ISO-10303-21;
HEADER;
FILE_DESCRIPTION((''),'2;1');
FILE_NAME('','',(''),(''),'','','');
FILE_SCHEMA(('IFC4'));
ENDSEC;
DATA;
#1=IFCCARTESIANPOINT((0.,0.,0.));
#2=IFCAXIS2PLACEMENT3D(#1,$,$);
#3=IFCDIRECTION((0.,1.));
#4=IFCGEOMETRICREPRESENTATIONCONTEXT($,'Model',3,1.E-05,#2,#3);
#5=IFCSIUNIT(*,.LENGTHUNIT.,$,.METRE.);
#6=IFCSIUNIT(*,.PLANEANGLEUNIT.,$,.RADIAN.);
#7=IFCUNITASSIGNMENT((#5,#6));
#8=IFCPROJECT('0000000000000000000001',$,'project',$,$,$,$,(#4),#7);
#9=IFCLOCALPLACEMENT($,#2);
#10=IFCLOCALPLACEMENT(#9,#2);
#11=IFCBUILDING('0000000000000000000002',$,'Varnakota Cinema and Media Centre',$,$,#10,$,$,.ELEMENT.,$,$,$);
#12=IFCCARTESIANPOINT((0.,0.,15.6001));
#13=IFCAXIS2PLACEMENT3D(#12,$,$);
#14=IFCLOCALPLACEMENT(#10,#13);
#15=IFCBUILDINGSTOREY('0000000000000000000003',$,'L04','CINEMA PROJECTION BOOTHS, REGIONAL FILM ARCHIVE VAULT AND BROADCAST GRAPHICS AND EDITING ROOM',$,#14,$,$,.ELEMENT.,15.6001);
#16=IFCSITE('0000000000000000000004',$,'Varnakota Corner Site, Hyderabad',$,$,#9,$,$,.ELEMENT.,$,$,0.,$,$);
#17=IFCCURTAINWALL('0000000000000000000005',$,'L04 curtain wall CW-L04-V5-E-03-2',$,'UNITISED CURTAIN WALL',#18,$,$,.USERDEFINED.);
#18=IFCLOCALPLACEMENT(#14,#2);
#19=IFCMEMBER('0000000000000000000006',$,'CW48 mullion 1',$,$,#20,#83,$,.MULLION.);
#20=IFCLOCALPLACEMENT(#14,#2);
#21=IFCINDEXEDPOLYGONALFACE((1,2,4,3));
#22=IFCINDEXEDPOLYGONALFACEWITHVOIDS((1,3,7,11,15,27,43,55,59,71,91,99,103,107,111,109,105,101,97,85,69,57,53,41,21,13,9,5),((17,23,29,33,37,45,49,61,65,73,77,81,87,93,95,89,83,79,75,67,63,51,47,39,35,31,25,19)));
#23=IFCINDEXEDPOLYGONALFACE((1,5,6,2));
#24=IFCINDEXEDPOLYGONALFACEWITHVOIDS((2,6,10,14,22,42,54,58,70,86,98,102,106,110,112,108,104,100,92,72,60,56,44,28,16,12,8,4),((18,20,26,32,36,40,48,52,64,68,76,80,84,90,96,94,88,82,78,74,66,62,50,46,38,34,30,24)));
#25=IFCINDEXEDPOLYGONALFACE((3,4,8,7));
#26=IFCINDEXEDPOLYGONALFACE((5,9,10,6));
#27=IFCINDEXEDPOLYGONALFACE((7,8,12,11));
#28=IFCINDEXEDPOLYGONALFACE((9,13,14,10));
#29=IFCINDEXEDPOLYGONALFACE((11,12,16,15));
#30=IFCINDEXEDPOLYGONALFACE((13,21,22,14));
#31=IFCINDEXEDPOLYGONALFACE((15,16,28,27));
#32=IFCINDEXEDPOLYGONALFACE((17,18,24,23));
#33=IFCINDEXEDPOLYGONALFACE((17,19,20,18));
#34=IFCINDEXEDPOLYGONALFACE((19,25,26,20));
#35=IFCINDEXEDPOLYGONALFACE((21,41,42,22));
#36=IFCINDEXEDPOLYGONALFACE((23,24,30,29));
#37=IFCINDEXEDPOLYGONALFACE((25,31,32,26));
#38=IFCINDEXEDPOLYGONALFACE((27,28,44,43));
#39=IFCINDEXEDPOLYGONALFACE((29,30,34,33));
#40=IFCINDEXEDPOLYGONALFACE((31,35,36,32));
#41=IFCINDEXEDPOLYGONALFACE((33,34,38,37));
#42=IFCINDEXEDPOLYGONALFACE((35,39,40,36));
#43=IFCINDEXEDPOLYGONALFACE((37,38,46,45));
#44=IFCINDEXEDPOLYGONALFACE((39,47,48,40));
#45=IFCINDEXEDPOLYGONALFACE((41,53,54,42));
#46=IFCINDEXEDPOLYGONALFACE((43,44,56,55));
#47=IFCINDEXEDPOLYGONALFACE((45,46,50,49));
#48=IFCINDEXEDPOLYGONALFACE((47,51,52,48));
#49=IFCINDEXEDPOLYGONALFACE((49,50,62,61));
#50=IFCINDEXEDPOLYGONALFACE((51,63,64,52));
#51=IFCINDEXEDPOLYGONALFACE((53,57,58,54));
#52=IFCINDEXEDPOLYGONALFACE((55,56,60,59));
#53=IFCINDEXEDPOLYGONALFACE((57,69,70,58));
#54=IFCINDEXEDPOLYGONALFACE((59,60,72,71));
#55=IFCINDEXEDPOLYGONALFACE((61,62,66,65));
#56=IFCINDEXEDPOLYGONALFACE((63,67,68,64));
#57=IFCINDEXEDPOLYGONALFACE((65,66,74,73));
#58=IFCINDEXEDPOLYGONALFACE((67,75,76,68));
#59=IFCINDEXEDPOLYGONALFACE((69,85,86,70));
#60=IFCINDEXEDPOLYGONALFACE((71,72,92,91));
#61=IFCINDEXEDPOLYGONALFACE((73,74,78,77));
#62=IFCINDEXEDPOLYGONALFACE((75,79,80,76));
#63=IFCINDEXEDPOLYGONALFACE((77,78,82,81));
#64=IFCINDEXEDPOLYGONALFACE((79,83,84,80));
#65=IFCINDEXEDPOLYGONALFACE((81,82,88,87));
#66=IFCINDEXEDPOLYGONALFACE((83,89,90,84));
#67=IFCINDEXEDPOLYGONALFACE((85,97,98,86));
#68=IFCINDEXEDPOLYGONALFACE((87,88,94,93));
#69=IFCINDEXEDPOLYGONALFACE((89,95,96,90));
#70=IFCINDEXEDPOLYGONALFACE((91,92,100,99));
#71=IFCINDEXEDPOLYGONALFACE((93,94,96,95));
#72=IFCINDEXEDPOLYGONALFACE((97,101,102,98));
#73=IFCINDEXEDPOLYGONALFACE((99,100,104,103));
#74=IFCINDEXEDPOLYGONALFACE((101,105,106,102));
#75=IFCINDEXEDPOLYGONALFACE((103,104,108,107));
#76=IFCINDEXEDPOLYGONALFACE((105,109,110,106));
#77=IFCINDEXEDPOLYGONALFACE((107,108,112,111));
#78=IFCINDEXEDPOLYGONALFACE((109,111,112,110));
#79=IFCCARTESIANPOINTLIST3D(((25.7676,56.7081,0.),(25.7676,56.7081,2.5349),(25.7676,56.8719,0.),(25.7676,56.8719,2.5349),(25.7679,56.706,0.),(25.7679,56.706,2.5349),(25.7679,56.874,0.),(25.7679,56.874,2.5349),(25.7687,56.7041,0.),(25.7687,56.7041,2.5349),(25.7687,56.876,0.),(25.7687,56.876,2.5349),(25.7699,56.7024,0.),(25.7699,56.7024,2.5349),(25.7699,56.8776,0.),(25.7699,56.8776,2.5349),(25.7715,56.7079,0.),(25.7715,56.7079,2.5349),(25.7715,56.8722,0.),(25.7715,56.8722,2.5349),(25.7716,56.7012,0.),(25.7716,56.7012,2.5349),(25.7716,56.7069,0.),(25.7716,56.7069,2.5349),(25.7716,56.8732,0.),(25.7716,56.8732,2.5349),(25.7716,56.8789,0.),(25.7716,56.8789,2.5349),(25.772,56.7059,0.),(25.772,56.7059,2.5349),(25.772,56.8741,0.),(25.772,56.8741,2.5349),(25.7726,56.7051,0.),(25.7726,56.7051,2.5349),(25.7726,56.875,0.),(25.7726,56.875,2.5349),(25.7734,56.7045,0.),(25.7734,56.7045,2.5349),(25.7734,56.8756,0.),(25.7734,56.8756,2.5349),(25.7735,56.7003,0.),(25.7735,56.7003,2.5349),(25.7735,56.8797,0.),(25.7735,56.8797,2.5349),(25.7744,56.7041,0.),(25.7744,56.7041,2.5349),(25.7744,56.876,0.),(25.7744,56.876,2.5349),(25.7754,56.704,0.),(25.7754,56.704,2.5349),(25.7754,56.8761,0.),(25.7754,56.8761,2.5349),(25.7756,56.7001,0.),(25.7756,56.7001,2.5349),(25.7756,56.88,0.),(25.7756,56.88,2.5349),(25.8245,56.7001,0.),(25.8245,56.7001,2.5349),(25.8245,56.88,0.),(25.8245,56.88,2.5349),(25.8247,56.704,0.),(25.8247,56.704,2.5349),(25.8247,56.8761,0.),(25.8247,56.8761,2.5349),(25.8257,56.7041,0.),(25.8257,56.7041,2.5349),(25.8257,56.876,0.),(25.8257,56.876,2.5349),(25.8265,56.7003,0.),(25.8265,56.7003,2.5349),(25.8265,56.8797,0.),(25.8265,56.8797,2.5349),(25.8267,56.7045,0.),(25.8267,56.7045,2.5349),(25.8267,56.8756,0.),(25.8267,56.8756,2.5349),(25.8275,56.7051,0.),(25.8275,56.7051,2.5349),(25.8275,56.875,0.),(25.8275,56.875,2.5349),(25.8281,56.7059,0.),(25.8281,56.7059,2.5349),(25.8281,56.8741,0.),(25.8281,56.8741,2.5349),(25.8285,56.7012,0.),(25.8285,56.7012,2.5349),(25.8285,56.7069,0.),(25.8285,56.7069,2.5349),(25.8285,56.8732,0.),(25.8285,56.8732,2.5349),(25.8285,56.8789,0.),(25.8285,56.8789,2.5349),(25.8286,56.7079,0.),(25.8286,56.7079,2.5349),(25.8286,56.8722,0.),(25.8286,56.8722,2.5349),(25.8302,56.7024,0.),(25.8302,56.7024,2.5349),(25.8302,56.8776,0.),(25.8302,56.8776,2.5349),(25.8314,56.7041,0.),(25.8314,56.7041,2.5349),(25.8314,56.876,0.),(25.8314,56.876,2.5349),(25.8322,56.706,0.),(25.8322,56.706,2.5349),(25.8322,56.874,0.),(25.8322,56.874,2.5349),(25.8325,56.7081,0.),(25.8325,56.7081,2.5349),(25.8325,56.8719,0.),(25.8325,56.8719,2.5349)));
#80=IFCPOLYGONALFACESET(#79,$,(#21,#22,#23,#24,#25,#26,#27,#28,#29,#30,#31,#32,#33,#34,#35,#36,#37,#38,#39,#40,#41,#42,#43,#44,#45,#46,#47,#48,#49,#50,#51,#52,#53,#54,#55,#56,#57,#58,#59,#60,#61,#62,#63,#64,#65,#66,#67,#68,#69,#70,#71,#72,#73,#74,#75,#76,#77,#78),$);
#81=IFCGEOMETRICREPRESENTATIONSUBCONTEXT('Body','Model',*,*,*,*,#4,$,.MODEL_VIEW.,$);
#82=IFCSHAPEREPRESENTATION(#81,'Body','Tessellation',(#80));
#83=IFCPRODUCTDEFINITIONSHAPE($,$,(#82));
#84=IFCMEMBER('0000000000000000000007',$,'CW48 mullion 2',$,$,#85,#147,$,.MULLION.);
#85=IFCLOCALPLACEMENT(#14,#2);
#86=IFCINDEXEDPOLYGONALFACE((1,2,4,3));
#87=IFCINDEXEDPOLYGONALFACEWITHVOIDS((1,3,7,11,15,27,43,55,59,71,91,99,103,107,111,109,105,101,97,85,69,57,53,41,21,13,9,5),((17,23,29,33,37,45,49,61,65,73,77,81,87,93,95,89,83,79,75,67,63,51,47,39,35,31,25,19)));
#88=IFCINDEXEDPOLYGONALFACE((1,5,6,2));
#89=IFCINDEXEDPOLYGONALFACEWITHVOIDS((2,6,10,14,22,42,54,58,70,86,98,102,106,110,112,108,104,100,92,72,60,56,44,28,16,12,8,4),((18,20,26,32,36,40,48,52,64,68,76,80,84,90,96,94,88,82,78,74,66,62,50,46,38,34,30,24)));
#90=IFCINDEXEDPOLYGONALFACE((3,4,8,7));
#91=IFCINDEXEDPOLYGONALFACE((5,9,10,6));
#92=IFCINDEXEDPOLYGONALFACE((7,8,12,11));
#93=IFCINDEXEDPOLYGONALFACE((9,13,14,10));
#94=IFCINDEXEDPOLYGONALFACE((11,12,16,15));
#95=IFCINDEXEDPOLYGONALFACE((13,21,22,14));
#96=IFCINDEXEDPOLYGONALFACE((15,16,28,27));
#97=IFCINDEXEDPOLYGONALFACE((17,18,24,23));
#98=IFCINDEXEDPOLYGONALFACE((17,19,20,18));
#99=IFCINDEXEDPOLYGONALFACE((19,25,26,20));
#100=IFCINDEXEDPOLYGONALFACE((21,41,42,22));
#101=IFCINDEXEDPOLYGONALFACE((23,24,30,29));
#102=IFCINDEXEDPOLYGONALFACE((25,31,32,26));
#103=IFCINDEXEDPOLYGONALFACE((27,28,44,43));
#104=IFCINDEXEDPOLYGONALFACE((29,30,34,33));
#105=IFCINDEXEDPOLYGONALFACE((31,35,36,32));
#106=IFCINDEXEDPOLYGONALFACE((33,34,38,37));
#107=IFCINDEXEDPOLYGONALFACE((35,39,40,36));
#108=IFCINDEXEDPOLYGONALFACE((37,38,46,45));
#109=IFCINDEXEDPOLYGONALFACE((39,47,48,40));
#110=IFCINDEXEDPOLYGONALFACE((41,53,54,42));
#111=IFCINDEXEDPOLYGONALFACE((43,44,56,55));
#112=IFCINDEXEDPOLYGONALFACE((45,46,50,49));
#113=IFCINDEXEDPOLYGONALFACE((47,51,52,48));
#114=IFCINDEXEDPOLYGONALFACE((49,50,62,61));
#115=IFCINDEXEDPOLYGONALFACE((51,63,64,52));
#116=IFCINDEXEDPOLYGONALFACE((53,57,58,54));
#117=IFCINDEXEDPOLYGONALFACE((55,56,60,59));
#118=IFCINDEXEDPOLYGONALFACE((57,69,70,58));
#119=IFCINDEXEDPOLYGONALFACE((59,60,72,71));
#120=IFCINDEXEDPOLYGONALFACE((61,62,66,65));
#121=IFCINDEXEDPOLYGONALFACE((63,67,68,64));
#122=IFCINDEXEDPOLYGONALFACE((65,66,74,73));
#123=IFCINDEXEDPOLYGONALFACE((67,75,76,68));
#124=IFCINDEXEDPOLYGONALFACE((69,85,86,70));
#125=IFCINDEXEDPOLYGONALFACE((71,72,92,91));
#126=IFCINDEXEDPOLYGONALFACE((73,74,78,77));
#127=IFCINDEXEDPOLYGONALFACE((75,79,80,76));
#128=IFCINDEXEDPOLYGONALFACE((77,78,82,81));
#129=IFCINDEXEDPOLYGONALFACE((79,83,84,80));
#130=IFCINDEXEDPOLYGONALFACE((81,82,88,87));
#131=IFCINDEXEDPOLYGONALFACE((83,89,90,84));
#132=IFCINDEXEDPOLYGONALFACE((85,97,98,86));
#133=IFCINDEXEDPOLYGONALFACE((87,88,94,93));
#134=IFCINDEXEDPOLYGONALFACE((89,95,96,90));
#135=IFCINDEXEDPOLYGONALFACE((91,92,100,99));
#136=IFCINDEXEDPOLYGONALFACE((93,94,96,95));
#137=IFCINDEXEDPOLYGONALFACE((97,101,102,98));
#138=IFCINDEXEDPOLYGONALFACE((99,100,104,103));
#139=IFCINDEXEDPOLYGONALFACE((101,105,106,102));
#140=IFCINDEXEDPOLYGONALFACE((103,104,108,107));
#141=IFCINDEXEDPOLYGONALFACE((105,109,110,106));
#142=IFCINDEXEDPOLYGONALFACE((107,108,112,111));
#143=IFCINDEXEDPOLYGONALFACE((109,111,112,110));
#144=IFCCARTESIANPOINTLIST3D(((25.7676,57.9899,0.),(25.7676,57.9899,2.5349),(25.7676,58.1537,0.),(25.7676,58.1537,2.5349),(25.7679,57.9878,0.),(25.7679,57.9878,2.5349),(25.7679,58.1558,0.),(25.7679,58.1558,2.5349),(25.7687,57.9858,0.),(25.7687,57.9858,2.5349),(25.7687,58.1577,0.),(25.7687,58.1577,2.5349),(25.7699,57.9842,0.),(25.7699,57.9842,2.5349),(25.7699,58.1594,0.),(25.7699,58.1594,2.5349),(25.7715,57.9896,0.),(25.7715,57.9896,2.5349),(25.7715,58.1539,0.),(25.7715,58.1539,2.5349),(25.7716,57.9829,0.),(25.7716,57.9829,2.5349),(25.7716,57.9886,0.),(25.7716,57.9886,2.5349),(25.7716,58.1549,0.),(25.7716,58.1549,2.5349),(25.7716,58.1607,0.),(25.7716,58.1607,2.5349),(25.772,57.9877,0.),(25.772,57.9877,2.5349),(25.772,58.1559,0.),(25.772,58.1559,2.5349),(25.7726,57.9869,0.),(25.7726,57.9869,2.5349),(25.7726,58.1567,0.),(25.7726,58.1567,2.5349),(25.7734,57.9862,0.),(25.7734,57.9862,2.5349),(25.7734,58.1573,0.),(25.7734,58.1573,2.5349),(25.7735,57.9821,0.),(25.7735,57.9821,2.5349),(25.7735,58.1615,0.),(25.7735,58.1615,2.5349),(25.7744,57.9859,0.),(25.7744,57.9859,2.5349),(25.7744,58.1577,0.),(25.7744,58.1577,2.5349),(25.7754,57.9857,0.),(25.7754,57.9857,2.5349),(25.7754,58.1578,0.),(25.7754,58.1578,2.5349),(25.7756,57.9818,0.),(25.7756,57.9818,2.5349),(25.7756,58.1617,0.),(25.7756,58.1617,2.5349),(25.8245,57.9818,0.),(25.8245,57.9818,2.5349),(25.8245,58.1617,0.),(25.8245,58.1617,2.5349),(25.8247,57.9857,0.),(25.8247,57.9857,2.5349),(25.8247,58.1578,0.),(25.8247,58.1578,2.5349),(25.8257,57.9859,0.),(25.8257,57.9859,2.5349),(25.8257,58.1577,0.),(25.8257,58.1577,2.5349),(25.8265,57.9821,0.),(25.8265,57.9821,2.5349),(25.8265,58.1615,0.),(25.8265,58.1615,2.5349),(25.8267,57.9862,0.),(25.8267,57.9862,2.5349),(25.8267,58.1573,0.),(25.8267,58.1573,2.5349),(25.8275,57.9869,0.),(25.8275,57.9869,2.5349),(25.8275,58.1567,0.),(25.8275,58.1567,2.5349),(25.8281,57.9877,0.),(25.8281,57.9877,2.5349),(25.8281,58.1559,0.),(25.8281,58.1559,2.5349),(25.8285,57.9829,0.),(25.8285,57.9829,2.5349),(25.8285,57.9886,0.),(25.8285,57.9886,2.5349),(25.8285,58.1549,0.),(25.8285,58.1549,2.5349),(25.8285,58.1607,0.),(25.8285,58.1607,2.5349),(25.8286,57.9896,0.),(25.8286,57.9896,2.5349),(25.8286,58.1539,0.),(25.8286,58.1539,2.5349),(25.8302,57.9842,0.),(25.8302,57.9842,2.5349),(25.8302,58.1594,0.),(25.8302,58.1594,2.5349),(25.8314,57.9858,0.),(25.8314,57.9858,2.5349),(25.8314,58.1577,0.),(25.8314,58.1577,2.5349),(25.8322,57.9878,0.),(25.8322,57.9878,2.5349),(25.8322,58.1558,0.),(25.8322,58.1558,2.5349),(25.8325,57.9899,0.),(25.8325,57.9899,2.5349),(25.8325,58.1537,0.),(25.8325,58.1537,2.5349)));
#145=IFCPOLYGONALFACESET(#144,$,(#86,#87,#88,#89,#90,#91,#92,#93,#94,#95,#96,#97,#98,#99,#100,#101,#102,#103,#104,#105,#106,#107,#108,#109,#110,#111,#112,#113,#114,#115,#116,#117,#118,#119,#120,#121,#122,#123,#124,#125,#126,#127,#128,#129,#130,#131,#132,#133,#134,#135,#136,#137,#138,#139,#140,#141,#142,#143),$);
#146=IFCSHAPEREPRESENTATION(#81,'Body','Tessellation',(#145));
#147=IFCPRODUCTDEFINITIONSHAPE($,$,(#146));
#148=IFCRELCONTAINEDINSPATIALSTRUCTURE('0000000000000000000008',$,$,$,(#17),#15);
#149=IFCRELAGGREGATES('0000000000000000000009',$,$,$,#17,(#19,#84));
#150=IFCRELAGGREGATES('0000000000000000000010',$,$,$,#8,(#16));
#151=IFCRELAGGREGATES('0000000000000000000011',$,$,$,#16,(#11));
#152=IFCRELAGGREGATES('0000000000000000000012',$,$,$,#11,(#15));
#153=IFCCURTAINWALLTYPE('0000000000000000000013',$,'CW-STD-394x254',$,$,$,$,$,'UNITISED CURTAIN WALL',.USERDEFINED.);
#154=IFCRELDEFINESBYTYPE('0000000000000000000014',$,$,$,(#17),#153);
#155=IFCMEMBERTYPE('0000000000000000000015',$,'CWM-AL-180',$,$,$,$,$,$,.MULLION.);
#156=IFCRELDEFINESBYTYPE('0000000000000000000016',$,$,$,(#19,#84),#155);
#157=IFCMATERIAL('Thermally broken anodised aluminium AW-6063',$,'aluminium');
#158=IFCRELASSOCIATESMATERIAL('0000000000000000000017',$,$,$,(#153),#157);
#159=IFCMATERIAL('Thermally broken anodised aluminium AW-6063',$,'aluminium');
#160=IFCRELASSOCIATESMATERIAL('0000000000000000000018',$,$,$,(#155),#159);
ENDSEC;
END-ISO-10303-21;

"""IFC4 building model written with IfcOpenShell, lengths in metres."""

from ifc_helpers import new_model, si_unit, direction, frame, origin, origin_2d, place, context, subcontext, project, spatial, hollow_rectangle, extrude, material, material_profile, profile_set, type_object, element, aggregate, save


model = new_model("IFC4")

# Units and contexts
model_context = context("Model", 3, precision=1e-05, world=origin(), true_north=direction((0.0, 1.0)))
body_context = subcontext(model_context, "Body", "Model", "MODEL_VIEW")
ifc_project = project(units=[si_unit("LENGTHUNIT", "METRE"), si_unit("PLANEANGLEUNIT", "RADIAN")], contexts=[model_context])

# Site, building, storey
site_placement = place(None, origin())
site = spatial("IfcSite", under=ifc_project, at=site_placement, Name="Varnakota Corner Site, Hyderabad", CompositionType="ELEMENT", RefElevation=0.0)
building_placement = place(site_placement, origin())
building = spatial("IfcBuilding", under=site, at=building_placement, Name="Varnakota Cinema and Media Centre", CompositionType="ELEMENT")
storey_placement = place(building_placement, frame((0.0, 0.0, 15.6001)))
storey = spatial("IfcBuildingStorey", under=building, at=storey_placement, Name="L04", Description="CINEMA PROJECTION BOOTHS, REGIONAL FILM ARCHIVE VAULT AND BROADCAST GRAPHICS AND EDITING ROOM", CompositionType="ELEMENT", Elevation=15.6001)

# Curtain wall, members
ifc_material_1 = material(Name="Thermally broken anodised aluminium AW-6063", Category="aluminium")
curtain_wall_type = type_object("IfcCurtainWallType", Name="CW-STD-394x254", ElementType="UNITISED CURTAIN WALL", PredefinedType="USERDEFINED", material=ifc_material_1)
ifc_material_2 = material(Name="Thermally broken anodised aluminium AW-6063", Category="aluminium")
ifc_material_profile_1 = material_profile(ifc_material_2, hollow_rectangle(XDim=0.0649, YDim=0.1799, WallThickness=0.0039, InnerFilletRadius=0.0039, OuterFilletRadius=0.0081, at=origin_2d()), Name="AL-MULLION 180x65x4")
ifc_profile_set_1 = profile_set([ifc_material_profile_1], Name="Thermally broken anodised aluminium AW-6063")
member_type_1 = type_object("IfcMemberType", Name="CWM-AL-180", PredefinedType="MULLION", material=ifc_profile_set_1)
curtain_wall_1_placement = place(storey_placement, origin())
curtain_wall_1 = element("IfcCurtainWall", 1, at=curtain_wall_1_placement, inside=storey, type_object=curtain_wall_type, Name="L04 curtain wall CW-L04-V5-E-03-2", ObjectType="UNITISED CURTAIN WALL", PredefinedType="USERDEFINED")
member_1_placement = place(storey_placement, frame((25.8, 56.79, 0.0), z_axis=(0.0, 0.0, 1.0), x_axis=(-1.0, 0.0, 0.0)))
member_1 = element("IfcMember", 2, at=member_1_placement, type_object=member_type_1, Name="CW48 mullion 1", PredefinedType="MULLION", context=body_context, shape_type="SweptSolid", body=[
    extrude(hollow_rectangle(XDim=0.0649, YDim=0.1799, WallThickness=0.0039, InnerFilletRadius=0.0039, OuterFilletRadius=0.0081, at=origin_2d()), origin(), (0.0, 0.0, 1.0), 2.5349),
])
member_2_placement = place(storey_placement, frame((25.8, 58.0718, 0.0), z_axis=(0.0, 0.0, 1.0), x_axis=(-1.0, 0.0, 0.0)))
member_2 = element("IfcMember", 3, at=member_2_placement, type_object=member_type_1, Name="CW48 mullion 2", PredefinedType="MULLION", context=body_context, shape_type="SweptSolid", body=[
    extrude(hollow_rectangle(XDim=0.0649, YDim=0.1799, WallThickness=0.0039, InnerFilletRadius=0.0039, OuterFilletRadius=0.0081, at=origin_2d()), origin(), (0.0, 0.0, 1.0), 2.5349),
])

aggregate(curtain_wall_1, [member_1, member_2])

save(model, "model.ifc")
